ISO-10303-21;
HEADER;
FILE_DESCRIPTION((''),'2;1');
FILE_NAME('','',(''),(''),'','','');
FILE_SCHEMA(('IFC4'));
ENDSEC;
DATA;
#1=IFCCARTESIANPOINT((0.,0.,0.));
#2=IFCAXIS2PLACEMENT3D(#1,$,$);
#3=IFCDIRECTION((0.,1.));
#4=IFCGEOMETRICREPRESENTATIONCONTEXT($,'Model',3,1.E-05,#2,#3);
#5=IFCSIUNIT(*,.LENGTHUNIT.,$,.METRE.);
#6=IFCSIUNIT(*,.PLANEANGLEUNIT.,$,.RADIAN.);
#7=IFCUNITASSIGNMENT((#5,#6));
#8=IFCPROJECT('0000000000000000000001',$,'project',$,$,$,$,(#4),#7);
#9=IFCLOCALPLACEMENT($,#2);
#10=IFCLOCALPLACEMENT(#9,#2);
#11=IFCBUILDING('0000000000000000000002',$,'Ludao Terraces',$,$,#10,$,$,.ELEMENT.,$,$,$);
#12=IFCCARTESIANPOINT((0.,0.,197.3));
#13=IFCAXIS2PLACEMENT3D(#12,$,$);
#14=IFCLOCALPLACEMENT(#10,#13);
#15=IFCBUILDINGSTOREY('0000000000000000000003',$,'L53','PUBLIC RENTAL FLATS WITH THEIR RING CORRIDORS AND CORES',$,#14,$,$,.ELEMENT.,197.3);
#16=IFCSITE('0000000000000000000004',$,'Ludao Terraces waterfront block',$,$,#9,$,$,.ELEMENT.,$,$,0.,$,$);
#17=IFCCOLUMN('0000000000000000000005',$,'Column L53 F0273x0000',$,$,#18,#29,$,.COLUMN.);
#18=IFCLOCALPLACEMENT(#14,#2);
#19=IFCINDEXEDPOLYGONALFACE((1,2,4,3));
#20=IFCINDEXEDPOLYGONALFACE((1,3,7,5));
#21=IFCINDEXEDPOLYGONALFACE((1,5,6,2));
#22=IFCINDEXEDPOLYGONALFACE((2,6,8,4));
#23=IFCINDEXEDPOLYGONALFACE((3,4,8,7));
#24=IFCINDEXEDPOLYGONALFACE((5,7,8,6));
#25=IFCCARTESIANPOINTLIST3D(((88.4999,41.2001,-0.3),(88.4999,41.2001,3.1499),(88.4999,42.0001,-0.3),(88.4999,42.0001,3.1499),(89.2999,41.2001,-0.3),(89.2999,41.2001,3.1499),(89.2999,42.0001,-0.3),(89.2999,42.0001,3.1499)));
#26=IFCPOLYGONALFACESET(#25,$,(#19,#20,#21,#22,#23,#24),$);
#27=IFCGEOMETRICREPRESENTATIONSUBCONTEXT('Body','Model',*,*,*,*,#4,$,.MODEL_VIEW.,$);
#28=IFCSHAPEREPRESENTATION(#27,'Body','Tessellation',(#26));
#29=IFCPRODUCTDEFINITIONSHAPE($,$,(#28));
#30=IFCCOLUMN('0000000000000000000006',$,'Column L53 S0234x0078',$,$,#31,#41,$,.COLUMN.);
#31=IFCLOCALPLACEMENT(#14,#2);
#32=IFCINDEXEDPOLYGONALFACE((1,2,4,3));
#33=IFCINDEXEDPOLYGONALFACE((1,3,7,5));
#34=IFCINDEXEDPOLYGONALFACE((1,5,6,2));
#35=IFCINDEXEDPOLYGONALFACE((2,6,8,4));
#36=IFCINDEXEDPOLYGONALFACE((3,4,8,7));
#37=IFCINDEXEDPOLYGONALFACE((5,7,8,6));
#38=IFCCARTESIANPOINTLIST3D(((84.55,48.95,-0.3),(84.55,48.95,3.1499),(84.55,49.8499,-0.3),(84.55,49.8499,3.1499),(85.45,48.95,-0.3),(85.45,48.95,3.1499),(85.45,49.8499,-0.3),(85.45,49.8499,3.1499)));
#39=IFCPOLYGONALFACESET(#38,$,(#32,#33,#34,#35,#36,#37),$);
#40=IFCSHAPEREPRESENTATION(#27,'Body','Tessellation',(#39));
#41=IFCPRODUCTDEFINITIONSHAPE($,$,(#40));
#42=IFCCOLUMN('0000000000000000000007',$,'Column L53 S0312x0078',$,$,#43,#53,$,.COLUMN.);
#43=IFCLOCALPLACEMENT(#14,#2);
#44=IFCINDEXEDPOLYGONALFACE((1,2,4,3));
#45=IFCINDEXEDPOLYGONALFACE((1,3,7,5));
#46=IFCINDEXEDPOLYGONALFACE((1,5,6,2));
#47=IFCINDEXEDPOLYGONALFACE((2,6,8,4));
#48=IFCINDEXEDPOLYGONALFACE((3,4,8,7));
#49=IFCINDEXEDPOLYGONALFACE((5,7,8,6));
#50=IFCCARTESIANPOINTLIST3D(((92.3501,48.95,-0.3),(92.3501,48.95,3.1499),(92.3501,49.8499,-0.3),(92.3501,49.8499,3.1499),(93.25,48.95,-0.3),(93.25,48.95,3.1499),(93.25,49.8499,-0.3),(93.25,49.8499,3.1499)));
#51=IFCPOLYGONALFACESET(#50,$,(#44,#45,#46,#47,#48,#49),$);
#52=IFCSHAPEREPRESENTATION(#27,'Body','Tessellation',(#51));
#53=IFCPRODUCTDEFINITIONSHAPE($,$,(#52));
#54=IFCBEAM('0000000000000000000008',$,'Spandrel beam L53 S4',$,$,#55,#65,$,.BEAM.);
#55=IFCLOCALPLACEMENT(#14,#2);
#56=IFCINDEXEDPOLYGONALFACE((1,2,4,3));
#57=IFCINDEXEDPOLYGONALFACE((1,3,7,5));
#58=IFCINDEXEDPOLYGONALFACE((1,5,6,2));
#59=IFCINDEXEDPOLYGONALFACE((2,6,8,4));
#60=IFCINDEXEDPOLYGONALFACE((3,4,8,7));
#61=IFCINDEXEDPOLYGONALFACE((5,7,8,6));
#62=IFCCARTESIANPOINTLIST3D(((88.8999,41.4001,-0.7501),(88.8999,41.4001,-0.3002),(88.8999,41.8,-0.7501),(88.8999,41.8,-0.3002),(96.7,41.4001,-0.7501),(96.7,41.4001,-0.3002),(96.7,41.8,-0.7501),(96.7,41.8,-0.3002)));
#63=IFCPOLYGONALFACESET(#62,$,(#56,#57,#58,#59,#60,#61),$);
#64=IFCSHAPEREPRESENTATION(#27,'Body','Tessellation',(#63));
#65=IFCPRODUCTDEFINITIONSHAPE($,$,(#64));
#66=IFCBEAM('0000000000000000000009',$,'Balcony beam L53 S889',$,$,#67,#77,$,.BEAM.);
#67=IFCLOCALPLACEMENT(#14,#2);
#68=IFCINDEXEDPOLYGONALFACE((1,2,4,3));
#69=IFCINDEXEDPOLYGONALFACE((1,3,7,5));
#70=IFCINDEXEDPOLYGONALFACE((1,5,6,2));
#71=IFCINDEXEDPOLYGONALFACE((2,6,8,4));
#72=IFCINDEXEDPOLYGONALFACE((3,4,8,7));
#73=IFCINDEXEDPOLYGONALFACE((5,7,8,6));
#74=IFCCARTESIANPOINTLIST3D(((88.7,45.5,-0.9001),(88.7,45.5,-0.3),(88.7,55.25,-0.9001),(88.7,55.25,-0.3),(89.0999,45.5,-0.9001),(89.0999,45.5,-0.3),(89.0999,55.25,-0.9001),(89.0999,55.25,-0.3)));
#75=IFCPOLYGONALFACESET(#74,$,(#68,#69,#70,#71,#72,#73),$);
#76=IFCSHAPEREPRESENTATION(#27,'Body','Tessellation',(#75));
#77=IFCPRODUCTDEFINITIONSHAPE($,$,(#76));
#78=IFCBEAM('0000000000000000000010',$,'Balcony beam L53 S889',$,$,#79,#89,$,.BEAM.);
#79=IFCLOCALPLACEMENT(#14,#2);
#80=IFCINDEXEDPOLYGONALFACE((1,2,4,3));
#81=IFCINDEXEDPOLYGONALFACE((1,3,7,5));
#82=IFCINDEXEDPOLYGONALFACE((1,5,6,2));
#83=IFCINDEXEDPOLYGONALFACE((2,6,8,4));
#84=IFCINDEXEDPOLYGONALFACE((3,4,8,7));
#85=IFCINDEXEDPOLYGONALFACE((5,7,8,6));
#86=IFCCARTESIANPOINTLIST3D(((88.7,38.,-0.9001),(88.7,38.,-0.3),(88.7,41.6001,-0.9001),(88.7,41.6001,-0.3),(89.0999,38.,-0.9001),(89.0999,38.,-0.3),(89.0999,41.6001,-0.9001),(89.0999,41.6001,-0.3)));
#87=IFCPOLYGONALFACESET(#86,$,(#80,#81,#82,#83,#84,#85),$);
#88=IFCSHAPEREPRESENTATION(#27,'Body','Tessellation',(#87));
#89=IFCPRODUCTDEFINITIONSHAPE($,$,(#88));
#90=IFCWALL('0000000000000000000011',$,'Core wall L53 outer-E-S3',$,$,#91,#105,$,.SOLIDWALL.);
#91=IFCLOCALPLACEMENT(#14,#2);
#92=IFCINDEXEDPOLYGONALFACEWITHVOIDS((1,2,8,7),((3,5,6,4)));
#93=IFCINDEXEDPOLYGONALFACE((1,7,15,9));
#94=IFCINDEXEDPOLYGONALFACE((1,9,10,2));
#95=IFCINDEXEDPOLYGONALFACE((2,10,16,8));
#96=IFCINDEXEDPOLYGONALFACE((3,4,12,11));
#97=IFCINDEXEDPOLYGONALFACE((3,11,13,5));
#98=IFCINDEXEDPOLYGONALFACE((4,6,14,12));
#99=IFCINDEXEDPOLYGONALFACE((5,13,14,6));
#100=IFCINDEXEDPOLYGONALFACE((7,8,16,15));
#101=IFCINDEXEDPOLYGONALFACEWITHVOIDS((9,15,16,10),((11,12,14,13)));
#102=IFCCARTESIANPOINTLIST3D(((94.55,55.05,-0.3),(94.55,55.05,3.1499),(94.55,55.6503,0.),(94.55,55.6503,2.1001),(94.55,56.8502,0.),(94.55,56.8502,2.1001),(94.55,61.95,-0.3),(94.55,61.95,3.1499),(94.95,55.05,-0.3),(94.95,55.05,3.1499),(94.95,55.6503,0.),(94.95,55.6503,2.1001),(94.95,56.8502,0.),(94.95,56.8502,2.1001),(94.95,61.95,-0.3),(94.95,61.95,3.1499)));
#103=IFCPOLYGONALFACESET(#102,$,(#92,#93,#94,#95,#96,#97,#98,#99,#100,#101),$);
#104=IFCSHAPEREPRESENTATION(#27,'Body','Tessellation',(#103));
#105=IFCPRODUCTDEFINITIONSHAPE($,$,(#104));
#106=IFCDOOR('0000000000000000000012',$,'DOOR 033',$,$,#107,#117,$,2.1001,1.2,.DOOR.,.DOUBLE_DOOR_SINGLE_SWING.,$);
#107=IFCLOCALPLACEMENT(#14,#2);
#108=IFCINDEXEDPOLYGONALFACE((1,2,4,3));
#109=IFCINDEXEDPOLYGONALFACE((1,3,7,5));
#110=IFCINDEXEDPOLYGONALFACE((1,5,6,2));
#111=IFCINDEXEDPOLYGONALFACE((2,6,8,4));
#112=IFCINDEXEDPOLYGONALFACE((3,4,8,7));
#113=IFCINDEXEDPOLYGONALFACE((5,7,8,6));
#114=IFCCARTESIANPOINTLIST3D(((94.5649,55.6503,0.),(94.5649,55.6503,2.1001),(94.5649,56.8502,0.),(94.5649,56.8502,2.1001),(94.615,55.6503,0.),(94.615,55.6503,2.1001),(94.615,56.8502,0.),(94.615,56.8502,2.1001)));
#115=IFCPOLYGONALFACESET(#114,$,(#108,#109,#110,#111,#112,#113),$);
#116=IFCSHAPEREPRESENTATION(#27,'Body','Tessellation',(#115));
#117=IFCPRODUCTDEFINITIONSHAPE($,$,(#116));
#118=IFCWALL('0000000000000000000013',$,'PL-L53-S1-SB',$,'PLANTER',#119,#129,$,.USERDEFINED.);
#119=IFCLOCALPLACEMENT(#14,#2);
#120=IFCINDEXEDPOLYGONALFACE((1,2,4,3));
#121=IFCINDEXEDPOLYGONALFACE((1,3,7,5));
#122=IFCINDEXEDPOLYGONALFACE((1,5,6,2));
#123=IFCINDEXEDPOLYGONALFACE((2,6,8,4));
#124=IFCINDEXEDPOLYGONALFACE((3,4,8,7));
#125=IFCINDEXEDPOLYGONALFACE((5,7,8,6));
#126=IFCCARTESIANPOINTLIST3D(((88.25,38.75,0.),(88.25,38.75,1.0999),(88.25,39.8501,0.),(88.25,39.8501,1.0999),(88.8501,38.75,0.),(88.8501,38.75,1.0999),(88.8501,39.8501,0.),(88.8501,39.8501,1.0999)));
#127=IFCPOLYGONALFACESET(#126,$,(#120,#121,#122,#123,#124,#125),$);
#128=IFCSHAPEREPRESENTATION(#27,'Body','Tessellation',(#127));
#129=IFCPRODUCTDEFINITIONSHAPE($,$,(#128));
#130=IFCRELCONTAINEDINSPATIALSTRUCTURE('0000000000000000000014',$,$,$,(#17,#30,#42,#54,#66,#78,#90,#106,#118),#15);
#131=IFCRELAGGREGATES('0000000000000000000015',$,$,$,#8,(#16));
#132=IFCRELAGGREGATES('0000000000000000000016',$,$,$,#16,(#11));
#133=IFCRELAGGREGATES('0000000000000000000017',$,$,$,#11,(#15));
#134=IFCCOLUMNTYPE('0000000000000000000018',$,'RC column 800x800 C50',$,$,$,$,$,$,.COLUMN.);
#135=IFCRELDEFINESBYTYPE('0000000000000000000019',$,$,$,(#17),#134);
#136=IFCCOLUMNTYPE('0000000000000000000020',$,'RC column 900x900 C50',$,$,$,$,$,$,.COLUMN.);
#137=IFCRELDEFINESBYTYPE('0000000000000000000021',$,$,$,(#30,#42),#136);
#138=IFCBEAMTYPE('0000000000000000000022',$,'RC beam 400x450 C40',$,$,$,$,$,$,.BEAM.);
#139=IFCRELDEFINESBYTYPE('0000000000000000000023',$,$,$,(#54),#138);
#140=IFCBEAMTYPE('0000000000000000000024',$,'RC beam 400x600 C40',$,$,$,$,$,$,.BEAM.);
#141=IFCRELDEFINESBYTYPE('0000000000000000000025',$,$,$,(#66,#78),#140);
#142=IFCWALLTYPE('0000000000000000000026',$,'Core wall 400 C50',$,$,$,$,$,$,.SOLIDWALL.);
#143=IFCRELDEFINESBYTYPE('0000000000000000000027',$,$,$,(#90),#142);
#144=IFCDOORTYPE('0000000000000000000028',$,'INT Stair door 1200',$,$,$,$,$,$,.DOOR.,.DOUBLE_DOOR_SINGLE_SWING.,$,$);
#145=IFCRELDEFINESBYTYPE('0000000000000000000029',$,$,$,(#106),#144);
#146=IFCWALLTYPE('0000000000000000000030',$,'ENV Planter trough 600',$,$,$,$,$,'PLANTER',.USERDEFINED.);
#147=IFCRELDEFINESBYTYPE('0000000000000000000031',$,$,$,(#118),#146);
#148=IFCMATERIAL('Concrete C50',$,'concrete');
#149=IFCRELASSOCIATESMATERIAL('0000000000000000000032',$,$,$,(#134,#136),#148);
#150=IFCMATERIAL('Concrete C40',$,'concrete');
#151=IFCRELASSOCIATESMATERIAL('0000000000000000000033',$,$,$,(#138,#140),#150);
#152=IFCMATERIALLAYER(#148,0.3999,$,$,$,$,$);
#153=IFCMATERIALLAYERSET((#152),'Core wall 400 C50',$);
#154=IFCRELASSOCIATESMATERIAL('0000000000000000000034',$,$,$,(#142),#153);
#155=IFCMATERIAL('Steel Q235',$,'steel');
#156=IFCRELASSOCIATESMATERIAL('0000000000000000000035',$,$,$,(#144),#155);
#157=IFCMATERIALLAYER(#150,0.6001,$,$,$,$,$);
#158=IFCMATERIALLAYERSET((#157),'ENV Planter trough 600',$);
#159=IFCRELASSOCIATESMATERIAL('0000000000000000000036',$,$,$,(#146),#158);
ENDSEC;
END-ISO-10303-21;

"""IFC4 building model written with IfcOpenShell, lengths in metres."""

from ifc_helpers import new_model, si_unit, direction, frame, frame_2d, origin, origin_2d, place, context, subcontext, project, spatial, rectangle, extrude, material, layer, layer_set, material_profile, profile_set, type_object, element, fill, save


model = new_model("IFC4")

# Units and contexts
model_context = context("Model", 3, precision=1e-05, world=origin(), true_north=direction((0.0, 1.0)))
body_context = subcontext(model_context, "Body", "Model", "MODEL_VIEW")
ifc_project = project(units=[si_unit("LENGTHUNIT", "METRE"), si_unit("PLANEANGLEUNIT", "RADIAN")], contexts=[model_context])

# Site, building, storey
site_placement = place(None, origin())
site = spatial("IfcSite", under=ifc_project, at=site_placement, Name="Ludao Terraces waterfront block", CompositionType="ELEMENT", RefElevation=0.0)
building_placement = place(site_placement, origin())
building = spatial("IfcBuilding", under=site, at=building_placement, Name="Ludao Terraces", CompositionType="ELEMENT")
storey_placement = place(building_placement, frame((0.0, 0.0, 197.3)))
storey = spatial("IfcBuildingStorey", under=building, at=storey_placement, Name="L53", Description="PUBLIC RENTAL FLATS WITH THEIR RING CORRIDORS AND CORES", CompositionType="ELEMENT", Elevation=197.3)

# Columns
ifc_material_1 = material(Name="Concrete C50", Category="concrete")
ifc_material_profile_1 = material_profile(ifc_material_1, rectangle(XDim=0.8, YDim=0.8, at=origin_2d()), Name="800 X 800")
ifc_profile_set_1 = profile_set([ifc_material_profile_1], Name="Concrete C50")
column_type_1 = type_object("IfcColumnType", Name="RC column 800x800 C50", PredefinedType="COLUMN", material=ifc_profile_set_1)
column_placement = place(storey_placement, frame((88.8999, 41.6001, -0.3), z_axis=(0.0, 0.0, 1.0), x_axis=(1.0, 0.0, 0.0)))
element("IfcColumn", 1, at=column_placement, inside=storey, type_object=column_type_1, Name="Column L53 F0273x0000", PredefinedType="COLUMN", context=body_context, shape_type="SweptSolid", body=[
    extrude(rectangle(XDim=0.8, YDim=0.8, at=origin_2d()), origin(), (0.0, 0.0, 1.0), 3.45),
])
ifc_material_profile_2 = material_profile(ifc_material_1, rectangle(XDim=0.8999, YDim=0.8999, at=origin_2d()), Name="900 X 900")
ifc_profile_set_2 = profile_set([ifc_material_profile_2], Name="Concrete C50")
column_type_2 = type_object("IfcColumnType", Name="RC column 900x900 C50", PredefinedType="COLUMN", material=ifc_profile_set_2)
for number, where, z_axis, x_axis, name in (
    (2, (85.0, 49.3999, -0.3), (0.0, 0.0, 1.0), (1.0, 0.0, 0.0), "Column L53 S0234x0078"),
    (3, (92.8, 49.3999, -0.3), (0.0, 0.0, 1.0), (1.0, 0.0, 0.0), "Column L53 S0312x0078"),
):
    element("IfcColumn", number, at=place(storey_placement, frame(where, z_axis=z_axis, x_axis=x_axis)), inside=storey, type_object=column_type_2, Name=name, PredefinedType="COLUMN", context=body_context, shape_type="SweptSolid", body=[
        extrude(rectangle(XDim=0.8999, YDim=0.8999, at=origin_2d()), origin(), (0.0, 0.0, 1.0), 3.45),
    ])

# Beams
ifc_material_2 = material(Name="Concrete C40", Category="concrete")
ifc_material_profile_3 = material_profile(ifc_material_2, rectangle(XDim=0.3999, YDim=0.45, at=origin_2d()), Name="400 X 450")
ifc_profile_set_3 = profile_set([ifc_material_profile_3], Name="Concrete C40")
beam_type_1 = type_object("IfcBeamType", Name="RC beam 400x450 C40", PredefinedType="BEAM", material=ifc_profile_set_3)
beam_1_placement = place(storey_placement, frame((88.8999, 41.6001, -0.5251), z_axis=(1.0, 0.0, 0.0), x_axis=(0.0, 1.0, 0.0)))
element("IfcBeam", 4, at=beam_1_placement, inside=storey, type_object=beam_type_1, Name="Spandrel beam L53 S4", PredefinedType="BEAM", context=body_context, shape_type="SweptSolid", body=[
    extrude(rectangle(XDim=0.3999, YDim=0.45, at=origin_2d()), origin(), (0.0, 0.0, 1.0), 7.8),
])
ifc_material_profile_4 = material_profile(ifc_material_2, rectangle(XDim=0.3999, YDim=0.6001, at=origin_2d()), Name="400 X 600")
ifc_profile_set_4 = profile_set([ifc_material_profile_4], Name="Concrete C40")
beam_type_2 = type_object("IfcBeamType", Name="RC beam 400x600 C40", PredefinedType="BEAM", material=ifc_profile_set_4)
beam_2_placement = place(storey_placement, frame((88.8999, 55.25, -0.6001), z_axis=(0.0, -1.0, 0.0), x_axis=(1.0, 0.0, 0.0)))
element("IfcBeam", 5, at=beam_2_placement, inside=storey, type_object=beam_type_2, Name="Balcony beam L53 S889", PredefinedType="BEAM", context=body_context, shape_type="SweptSolid", body=[
    extrude(rectangle(XDim=0.3999, YDim=0.6001, at=origin_2d()), origin(), (0.0, 0.0, 1.0), 9.75),
])
beam_3_placement = place(storey_placement, frame((88.8999, 41.6001, -0.6001), z_axis=(0.0, -1.0, 0.0), x_axis=(1.0, 0.0, 0.0)))
element("IfcBeam", 6, at=beam_3_placement, inside=storey, type_object=beam_type_2, Name="Balcony beam L53 S889", PredefinedType="BEAM", context=body_context, shape_type="SweptSolid", body=[
    extrude(rectangle(XDim=0.3999, YDim=0.6001, at=origin_2d()), origin(), (0.0, 0.0, 1.0), 3.6001),
])

# Wall, opening, door
ifc_layer_1 = layer(ifc_material_1, 0.3999)
ifc_layer_set_1 = layer_set([ifc_layer_1], Name="Core wall 400 C50")
wall_type_1 = type_object("IfcWallType", Name="Core wall 400 C50", PredefinedType="SOLIDWALL", material=ifc_layer_set_1)
wall_1_placement = place(storey_placement, frame((94.75, 55.05, -0.3), z_axis=(0.0, 0.0, 1.0), x_axis=(0.0, 1.0, 0.0)))
wall_1 = element("IfcWall", 7, at=wall_1_placement, inside=storey, type_object=wall_type_1, Name="Core wall L53 outer-E-S3", PredefinedType="SOLIDWALL", context=body_context, shape_type="SweptSolid", body=[
    extrude(rectangle(XDim=6.8999, YDim=0.3999, at=frame_2d((3.45, 0.0))), origin(), (0.0, 0.0, 1.0), 3.45),
])
opening_1_placement = place(wall_1_placement, frame((0.6001, 0.0, 0.3)))
opening_1 = element("IfcOpeningElement", 8, at=opening_1_placement, cuts=wall_1, PredefinedType="OPENING", context=body_context, shape_type="SweptSolid", body=[
    extrude(rectangle(XDim=1.2, YDim=2.1001, at=frame_2d((0.6001, 1.05))), frame((0.0, 0.21, 0.0), z_axis=(0.0, -1.0, 0.0), x_axis=(1.0, 0.0, 0.0)), (0.0, 0.0, 1.0), 0.4199),
])
ifc_material_3 = material(Name="Steel Q235", Category="steel")
door_type_1 = type_object("IfcDoorType", Name="INT Stair door 1200", OperationType="DOUBLE_DOOR_SINGLE_SWING", PredefinedType="DOOR", material=ifc_material_3)
door_1_placement = place(opening_1_placement, origin())
door_1 = element("IfcDoor", 9, at=door_1_placement, inside=storey, type_object=door_type_1, Name="DOOR 033", OperationType="DOUBLE_DOOR_SINGLE_SWING", OverallHeight=2.1001, OverallWidth=1.2, PredefinedType="DOOR", context=body_context, shape_type="SweptSolid", body=[
    extrude(rectangle(XDim=1.2, YDim=2.1001, at=frame_2d((0.6001, 1.05))), frame((0.0, 0.1851, 0.0), z_axis=(0.0, -1.0, 0.0), x_axis=(1.0, 0.0, 0.0)), (0.0, 0.0, 1.0), 0.05),
])
fill(opening_1, door_1)

# Wall
ifc_layer_2 = layer(ifc_material_2, 0.6001)
ifc_layer_set_2 = layer_set([ifc_layer_2], Name="ENV Planter trough 600")
wall_type_2 = type_object("IfcWallType", Name="ENV Planter trough 600", ElementType="PLANTER", PredefinedType="USERDEFINED", material=ifc_layer_set_2)
wall_2_placement = place(storey_placement, frame((88.55, 38.75, 0.0), z_axis=(0.0, 0.0, 1.0), x_axis=(0.0, 1.0, 0.0)))
element("IfcWall", 10, at=wall_2_placement, inside=storey, type_object=wall_type_2, Name="PL-L53-S1-SB", ObjectType="PLANTER", PredefinedType="USERDEFINED", context=body_context, shape_type="SweptSolid", body=[
    extrude(rectangle(XDim=1.1001, YDim=0.6001, at=frame_2d((0.55, 0.0))), origin(), (0.0, 0.0, 1.0), 1.0999),
])

save(model, "model.ifc")
